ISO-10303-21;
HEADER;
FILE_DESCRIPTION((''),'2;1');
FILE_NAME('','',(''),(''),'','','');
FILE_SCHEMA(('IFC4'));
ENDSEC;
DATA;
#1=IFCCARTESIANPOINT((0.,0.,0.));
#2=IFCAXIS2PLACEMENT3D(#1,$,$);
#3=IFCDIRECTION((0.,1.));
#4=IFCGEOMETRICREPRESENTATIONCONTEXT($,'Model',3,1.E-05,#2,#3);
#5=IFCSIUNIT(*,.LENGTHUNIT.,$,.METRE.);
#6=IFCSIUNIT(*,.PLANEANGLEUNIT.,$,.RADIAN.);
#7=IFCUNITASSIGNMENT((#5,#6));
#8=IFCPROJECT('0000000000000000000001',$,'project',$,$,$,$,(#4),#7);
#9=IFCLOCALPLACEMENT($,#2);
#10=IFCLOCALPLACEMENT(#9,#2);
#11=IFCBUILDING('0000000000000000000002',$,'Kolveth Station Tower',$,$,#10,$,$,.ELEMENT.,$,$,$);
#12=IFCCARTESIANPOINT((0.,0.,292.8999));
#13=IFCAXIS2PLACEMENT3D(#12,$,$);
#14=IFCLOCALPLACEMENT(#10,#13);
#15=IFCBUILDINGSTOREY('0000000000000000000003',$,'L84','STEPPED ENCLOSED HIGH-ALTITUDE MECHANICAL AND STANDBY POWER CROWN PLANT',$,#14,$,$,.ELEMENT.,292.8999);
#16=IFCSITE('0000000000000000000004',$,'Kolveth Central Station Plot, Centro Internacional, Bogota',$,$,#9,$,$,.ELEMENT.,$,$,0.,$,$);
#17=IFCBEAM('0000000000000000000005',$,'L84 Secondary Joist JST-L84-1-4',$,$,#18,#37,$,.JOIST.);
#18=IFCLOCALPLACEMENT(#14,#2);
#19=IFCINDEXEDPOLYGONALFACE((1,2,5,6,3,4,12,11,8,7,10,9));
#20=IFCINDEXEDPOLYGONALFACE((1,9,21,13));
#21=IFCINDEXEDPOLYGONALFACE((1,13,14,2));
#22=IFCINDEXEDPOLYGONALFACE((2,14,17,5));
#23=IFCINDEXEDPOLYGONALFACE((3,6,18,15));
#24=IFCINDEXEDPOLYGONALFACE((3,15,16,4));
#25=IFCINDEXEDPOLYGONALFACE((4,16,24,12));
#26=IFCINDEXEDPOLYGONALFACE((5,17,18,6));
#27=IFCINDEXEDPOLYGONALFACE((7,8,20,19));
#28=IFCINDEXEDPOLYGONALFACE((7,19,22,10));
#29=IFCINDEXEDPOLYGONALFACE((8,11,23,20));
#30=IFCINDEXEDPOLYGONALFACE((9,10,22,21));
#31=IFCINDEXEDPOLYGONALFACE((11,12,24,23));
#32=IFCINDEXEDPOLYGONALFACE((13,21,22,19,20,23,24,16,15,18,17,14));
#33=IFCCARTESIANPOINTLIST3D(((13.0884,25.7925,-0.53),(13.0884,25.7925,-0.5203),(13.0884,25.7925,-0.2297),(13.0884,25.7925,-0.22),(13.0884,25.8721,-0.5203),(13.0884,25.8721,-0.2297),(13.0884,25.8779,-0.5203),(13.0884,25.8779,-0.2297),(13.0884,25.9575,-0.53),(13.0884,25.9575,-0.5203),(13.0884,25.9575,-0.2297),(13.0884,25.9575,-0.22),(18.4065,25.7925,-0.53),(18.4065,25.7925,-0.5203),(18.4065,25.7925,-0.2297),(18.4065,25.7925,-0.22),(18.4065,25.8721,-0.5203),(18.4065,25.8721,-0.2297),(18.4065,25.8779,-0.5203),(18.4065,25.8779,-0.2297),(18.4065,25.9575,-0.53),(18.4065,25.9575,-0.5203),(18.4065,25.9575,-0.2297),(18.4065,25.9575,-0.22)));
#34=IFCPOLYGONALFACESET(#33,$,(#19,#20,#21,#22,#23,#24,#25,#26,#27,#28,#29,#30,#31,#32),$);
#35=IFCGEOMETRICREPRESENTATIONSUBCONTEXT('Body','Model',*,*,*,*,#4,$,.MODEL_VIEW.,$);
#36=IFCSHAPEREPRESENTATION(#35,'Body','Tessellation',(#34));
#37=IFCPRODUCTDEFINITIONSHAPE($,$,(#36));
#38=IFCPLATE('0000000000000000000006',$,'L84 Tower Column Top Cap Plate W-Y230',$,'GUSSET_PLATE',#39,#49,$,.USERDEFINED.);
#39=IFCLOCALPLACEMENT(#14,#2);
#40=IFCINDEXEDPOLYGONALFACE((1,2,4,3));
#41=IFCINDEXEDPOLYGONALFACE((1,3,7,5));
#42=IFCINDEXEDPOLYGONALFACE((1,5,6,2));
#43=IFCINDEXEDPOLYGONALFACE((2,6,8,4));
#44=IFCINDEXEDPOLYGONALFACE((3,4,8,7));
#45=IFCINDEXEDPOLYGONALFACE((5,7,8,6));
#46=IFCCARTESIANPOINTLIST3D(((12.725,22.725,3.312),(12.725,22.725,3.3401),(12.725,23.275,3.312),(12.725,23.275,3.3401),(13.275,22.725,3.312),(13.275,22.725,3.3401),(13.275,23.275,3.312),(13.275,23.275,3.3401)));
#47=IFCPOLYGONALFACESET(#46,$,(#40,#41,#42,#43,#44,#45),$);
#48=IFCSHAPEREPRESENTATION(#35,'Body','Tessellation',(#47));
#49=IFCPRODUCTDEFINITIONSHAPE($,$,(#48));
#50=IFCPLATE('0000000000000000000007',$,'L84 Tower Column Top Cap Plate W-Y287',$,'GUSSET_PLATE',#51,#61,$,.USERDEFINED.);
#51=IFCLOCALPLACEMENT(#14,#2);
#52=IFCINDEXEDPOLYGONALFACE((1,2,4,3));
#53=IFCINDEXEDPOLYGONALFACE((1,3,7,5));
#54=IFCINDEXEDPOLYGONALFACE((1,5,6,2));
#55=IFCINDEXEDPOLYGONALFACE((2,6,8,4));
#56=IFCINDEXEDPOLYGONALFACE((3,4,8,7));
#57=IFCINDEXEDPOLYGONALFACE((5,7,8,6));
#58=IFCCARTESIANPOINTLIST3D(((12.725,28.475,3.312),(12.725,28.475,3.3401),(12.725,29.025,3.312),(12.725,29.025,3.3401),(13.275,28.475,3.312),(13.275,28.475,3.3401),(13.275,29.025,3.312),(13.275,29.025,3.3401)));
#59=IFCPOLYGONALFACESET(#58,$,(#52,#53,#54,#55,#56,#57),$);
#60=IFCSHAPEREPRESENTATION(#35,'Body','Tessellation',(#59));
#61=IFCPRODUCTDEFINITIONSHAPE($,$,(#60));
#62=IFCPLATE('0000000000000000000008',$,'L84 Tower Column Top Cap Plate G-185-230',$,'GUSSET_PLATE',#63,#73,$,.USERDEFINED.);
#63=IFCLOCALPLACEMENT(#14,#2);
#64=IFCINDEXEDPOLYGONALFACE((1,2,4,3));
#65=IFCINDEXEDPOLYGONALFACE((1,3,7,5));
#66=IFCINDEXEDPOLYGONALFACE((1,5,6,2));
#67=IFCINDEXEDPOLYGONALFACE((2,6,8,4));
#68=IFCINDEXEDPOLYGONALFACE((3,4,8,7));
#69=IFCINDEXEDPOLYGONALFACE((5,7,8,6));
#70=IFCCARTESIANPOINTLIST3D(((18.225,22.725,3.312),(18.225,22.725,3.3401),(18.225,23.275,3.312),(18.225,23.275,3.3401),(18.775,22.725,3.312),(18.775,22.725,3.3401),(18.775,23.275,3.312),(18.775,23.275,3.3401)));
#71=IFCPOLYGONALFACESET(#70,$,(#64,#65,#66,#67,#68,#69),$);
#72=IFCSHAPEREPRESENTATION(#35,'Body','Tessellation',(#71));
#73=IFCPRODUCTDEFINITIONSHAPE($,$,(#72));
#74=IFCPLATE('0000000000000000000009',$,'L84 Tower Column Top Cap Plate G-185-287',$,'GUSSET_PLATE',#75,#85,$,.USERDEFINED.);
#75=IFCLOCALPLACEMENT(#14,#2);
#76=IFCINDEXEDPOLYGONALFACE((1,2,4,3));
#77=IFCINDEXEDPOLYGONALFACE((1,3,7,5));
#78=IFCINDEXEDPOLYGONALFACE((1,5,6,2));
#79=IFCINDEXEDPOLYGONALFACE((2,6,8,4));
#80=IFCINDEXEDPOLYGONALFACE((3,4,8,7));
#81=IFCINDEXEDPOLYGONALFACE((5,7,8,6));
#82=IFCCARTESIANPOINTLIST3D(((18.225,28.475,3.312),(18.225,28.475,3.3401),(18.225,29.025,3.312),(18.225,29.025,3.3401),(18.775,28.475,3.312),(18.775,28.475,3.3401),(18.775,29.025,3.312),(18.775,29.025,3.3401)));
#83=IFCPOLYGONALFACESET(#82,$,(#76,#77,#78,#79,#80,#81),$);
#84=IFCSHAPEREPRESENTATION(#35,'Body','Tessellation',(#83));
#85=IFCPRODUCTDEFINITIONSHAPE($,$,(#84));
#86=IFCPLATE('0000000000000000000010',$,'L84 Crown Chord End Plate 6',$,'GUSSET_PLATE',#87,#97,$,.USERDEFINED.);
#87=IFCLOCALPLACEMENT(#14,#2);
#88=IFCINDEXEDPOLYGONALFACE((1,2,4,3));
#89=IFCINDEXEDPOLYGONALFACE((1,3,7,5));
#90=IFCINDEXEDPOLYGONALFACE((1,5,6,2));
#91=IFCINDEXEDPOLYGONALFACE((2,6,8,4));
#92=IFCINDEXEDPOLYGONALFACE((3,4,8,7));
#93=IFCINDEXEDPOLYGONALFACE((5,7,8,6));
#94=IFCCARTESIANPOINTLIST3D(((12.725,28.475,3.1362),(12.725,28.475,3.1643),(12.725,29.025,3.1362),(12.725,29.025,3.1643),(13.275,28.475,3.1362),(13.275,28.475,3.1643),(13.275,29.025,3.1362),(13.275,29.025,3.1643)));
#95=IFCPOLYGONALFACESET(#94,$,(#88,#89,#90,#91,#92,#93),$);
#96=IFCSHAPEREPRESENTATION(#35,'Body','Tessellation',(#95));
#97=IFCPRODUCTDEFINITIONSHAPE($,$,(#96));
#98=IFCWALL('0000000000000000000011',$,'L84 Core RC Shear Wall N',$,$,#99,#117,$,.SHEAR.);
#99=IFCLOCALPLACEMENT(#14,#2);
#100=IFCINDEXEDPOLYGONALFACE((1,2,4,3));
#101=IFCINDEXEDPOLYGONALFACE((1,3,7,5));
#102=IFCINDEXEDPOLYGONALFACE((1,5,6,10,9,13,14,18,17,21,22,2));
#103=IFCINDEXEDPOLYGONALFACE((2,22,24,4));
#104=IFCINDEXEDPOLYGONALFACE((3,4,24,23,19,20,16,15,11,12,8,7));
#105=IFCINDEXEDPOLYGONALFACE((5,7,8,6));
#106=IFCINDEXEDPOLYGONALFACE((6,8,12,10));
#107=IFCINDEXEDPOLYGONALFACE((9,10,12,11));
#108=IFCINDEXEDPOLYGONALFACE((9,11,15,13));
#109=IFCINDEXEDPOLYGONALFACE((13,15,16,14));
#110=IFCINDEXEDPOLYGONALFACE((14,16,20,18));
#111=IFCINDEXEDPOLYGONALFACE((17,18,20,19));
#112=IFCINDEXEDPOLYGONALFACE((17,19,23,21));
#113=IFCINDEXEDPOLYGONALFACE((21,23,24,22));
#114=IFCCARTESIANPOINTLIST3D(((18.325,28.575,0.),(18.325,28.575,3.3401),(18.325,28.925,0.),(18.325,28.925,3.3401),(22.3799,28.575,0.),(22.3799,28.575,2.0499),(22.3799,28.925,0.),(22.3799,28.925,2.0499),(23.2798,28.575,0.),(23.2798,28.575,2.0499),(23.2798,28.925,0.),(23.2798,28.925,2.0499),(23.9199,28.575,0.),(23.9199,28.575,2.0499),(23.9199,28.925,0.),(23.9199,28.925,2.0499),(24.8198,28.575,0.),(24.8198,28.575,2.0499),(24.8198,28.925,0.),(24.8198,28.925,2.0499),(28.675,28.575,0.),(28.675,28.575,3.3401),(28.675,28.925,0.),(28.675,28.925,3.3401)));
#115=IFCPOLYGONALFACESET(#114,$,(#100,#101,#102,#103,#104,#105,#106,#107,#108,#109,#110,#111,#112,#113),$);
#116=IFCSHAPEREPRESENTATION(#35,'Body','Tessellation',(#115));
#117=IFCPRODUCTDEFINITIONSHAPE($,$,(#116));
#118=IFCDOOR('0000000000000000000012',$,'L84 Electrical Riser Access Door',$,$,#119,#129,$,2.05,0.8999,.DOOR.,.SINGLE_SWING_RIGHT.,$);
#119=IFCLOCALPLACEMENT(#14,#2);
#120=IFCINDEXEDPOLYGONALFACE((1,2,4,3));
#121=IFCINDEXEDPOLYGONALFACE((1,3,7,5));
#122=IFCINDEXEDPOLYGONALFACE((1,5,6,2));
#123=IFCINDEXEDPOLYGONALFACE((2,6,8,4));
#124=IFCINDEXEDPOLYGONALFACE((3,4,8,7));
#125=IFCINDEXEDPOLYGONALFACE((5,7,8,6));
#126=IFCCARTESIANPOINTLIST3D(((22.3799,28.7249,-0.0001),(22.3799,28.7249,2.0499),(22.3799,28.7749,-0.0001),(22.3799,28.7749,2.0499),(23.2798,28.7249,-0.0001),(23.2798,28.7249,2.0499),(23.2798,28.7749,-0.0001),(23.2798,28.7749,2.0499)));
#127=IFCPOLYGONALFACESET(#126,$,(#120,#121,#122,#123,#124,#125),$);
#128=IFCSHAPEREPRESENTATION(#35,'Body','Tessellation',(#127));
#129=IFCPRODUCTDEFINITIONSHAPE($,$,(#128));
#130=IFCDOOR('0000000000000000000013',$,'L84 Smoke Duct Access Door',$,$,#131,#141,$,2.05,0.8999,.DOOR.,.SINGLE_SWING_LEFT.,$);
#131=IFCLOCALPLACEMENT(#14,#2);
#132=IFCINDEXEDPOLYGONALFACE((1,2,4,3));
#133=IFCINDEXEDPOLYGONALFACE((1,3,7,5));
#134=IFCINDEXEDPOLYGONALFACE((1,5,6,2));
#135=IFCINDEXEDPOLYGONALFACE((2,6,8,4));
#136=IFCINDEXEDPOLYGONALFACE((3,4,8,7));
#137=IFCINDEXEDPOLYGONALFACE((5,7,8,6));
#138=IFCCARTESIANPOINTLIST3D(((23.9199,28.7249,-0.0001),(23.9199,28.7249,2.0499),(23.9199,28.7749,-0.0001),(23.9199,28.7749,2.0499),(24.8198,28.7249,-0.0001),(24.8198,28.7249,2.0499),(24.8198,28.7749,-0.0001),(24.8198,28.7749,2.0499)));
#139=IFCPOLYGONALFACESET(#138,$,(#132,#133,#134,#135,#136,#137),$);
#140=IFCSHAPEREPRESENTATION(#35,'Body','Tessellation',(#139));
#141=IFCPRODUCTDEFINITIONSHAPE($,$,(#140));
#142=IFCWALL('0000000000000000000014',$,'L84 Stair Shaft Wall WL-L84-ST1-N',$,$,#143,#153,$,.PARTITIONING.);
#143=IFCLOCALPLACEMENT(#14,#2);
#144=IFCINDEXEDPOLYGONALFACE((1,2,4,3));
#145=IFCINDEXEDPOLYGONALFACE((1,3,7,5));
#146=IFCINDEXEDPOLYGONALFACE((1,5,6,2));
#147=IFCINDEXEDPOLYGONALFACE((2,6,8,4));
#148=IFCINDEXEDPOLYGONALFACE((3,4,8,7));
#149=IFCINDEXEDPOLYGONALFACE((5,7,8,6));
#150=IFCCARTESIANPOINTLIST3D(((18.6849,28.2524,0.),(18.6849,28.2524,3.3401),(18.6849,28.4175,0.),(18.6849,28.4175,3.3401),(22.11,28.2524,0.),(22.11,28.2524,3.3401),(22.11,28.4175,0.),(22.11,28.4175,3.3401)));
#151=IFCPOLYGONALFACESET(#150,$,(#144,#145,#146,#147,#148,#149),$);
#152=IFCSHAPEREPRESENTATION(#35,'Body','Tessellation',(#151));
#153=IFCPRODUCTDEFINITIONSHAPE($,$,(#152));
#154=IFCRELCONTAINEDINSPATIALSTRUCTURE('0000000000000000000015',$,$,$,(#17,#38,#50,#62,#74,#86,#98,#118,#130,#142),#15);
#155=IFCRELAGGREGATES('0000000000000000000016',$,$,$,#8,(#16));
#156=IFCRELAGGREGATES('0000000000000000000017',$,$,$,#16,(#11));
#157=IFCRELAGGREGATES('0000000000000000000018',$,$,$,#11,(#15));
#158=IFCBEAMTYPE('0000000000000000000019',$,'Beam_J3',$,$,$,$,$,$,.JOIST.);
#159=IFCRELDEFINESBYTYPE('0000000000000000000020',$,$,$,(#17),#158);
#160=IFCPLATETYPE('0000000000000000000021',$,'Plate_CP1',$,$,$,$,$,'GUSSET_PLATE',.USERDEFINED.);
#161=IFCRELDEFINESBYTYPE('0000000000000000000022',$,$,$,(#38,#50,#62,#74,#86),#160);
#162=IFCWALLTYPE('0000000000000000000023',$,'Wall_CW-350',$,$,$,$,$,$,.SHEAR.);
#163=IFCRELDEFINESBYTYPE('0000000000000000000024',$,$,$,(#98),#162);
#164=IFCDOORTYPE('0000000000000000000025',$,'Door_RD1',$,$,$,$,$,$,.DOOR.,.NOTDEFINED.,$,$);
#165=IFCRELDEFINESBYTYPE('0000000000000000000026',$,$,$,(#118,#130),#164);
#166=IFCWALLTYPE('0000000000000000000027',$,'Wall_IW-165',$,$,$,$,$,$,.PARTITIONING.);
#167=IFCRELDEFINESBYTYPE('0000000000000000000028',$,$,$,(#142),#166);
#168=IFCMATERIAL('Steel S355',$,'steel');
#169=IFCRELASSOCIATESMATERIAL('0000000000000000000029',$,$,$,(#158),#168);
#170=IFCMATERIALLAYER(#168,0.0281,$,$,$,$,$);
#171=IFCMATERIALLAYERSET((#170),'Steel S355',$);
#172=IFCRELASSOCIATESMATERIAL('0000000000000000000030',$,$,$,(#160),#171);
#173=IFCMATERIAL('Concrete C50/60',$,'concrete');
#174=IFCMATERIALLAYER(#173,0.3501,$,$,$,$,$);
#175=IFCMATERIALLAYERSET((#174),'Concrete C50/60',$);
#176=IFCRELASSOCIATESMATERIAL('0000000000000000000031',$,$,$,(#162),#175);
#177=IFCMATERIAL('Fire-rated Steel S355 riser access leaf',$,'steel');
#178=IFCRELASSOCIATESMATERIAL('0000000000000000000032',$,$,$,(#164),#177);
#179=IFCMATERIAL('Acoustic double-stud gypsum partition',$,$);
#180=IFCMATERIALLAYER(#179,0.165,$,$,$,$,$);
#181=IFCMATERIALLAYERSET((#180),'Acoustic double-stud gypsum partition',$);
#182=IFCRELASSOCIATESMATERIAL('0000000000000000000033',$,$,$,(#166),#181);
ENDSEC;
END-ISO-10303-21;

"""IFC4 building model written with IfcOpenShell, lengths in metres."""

from ifc_helpers import new_model, si_unit, direction, frame, frame_2d, origin, origin_2d, place, context, subcontext, project, spatial, rectangle, i_section, extrude, source, transform, mapped, material, layer, layer_set, material_profile, profile_set, type_object, element, fill, save


model = new_model("IFC4")

# Units and contexts
model_context = context("Model", 3, precision=1e-05, world=origin(), true_north=direction((0.0, 1.0)))
body_context = subcontext(model_context, "Body", "Model", "MODEL_VIEW")
ifc_project = project(units=[si_unit("LENGTHUNIT", "METRE"), si_unit("PLANEANGLEUNIT", "RADIAN")], contexts=[model_context])

# Site, building, storey
site_placement = place(None, origin())
site = spatial("IfcSite", under=ifc_project, at=site_placement, Name="Kolveth Central Station Plot, Centro Internacional, Bogota", CompositionType="ELEMENT", RefElevation=0.0)
building_placement = place(site_placement, origin())
building = spatial("IfcBuilding", under=site, at=building_placement, Name="Kolveth Station Tower", CompositionType="ELEMENT")
storey_placement = place(building_placement, frame((0.0, 0.0, 292.8999)))
storey = spatial("IfcBuildingStorey", under=building, at=storey_placement, Name="L84", Description="STEPPED ENCLOSED HIGH-ALTITUDE MECHANICAL AND STANDBY POWER CROWN PLANT", CompositionType="ELEMENT", Elevation=292.8999)

# Shared definitions
ifc_material_1 = material(Name="Steel S355", Category="steel")

# Beam
ifc_material_profile_1 = material_profile(ifc_material_1, i_section(OverallWidth=0.165, OverallDepth=0.3101, WebThickness=0.0059, FlangeThickness=0.0098, at=origin_2d()), Name="W310x39")
ifc_profile_set_1 = profile_set([ifc_material_profile_1], Name="Steel S355")
beam_type_1 = type_object("IfcBeamType", Name="Beam_J3", PredefinedType="JOIST", material=ifc_profile_set_1)
shared_shape_1 = source(origin(), body_context, "Body", "SweptSolid", [
    extrude(i_section(OverallWidth=0.165, OverallDepth=0.3101, WebThickness=0.0059, FlangeThickness=0.0098, at=origin_2d()), origin(), (0.0, 0.0, 1.0), 5.3181),
])
for number, where, z_axis, x_axis, name in (
    (1, (13.0884, 25.875, -0.375), (1.0, 0.0, 0.0), (0.0, 1.0, 0.0), "L84 Secondary Joist JST-L84-1-4"),
):
    element("IfcBeam", number, at=place(storey_placement, frame(where, z_axis=z_axis, x_axis=x_axis)), inside=storey, type_object=beam_type_1, Name=name, PredefinedType="JOIST", context=body_context, shape_type="MappedRepresentation", body=[
        mapped(shared_shape_1, transform((0.0, 0.0, 0.0), x_axis=(1.0, 0.0, 0.0), y_axis=(0.0, 1.0, 0.0), z_axis=(0.0, 0.0, 1.0), scale=1.0)),
    ])

# Plates
ifc_layer_1 = layer(ifc_material_1, 0.0281)
ifc_layer_set_1 = layer_set([ifc_layer_1], Name="Steel S355")
plate_type = type_object("IfcPlateType", Name="Plate_CP1", ElementType="GUSSET_PLATE", PredefinedType="USERDEFINED", material=ifc_layer_set_1)
shared_shape_2 = source(origin(), body_context, "Body", "SweptSolid", [
    extrude(rectangle(XDim=0.55, YDim=0.55, at=origin_2d()), origin(), (0.0, 0.0, 1.0), 0.0281),
])
for number, where, z_axis, x_axis, name in (
    (2, (13.0, 23.0, 3.312), (0.0, 0.0, 1.0), (1.0, 0.0, 0.0), "L84 Tower Column Top Cap Plate W-Y230"),
    (3, (13.0, 28.75, 3.312), (0.0, 0.0, 1.0), (1.0, 0.0, 0.0), "L84 Tower Column Top Cap Plate W-Y287"),
    (4, (18.5, 23.0, 3.312), (0.0, 0.0, 1.0), (1.0, 0.0, 0.0), "L84 Tower Column Top Cap Plate G-185-230"),
    (5, (18.5, 28.75, 3.312), (0.0, 0.0, 1.0), (1.0, 0.0, 0.0), "L84 Tower Column Top Cap Plate G-185-287"),
    (6, (13.0, 28.75, 3.1362), (0.0, 0.0, 1.0), (1.0, 0.0, 0.0), "L84 Crown Chord End Plate 6"),
):
    element("IfcPlate", number, at=place(storey_placement, frame(where, z_axis=z_axis, x_axis=x_axis)), inside=storey, type_object=plate_type, Name=name, ObjectType="GUSSET_PLATE", PredefinedType="USERDEFINED", context=body_context, shape_type="MappedRepresentation", body=[
        mapped(shared_shape_2, transform((0.0, 0.0, 0.0), x_axis=(1.0, 0.0, 0.0), y_axis=(0.0, 1.0, 0.0), z_axis=(0.0, 0.0, 1.0), scale=1.0)),
    ])

# Wall, openings, doors
ifc_material_2 = material(Name="Concrete C50/60", Category="concrete")
ifc_layer_2 = layer(ifc_material_2, 0.3501)
ifc_layer_set_2 = layer_set([ifc_layer_2], Name="Concrete C50/60")
wall_type_1 = type_object("IfcWallType", Name="Wall_CW-350", PredefinedType="SHEAR", material=ifc_layer_set_2)
wall_1_placement = place(storey_placement, frame((18.325, 28.75, 0.0), z_axis=(0.0, 0.0, 1.0), x_axis=(1.0, 0.0, 0.0)))
wall_1 = element("IfcWall", 7, at=wall_1_placement, inside=storey, type_object=wall_type_1, Name="L84 Core RC Shear Wall N", PredefinedType="SHEAR", context=body_context, shape_type="SweptSolid", body=[
    extrude(rectangle(XDim=10.3501, YDim=0.3501, at=frame_2d((5.175, 0.0))), origin(), (0.0, 0.0, 1.0), 3.3401),
])
opening_1_placement = place(wall_1_placement, frame((4.0549, 0.0, 0.0)))
opening_1 = element("IfcOpeningElement", 8, at=opening_1_placement, cuts=wall_1, PredefinedType="OPENING", context=body_context, shape_type="SweptSolid", body=[
    extrude(rectangle(XDim=0.8999, YDim=2.05, at=frame_2d((0.45, 1.0249))), frame((0.0, 0.1851, 0.0), z_axis=(0.0, -1.0, 0.0), x_axis=(1.0, 0.0, 0.0)), (0.0, 0.0, 1.0), 0.3701),
])
opening_2_placement = place(wall_1_placement, frame((5.595, 0.0, 0.0)))
opening_2 = element("IfcOpeningElement", 9, at=opening_2_placement, cuts=wall_1, PredefinedType="OPENING", context=body_context, shape_type="SweptSolid", body=[
    extrude(rectangle(XDim=0.8999, YDim=2.05, at=frame_2d((0.45, 1.0249))), frame((0.0, 0.1851, 0.0), z_axis=(0.0, -1.0, 0.0), x_axis=(1.0, 0.0, 0.0)), (0.0, 0.0, 1.0), 0.3701),
])
ifc_material_3 = material(Name="Fire-rated Steel S355 riser access leaf", Category="steel")
door_type_1 = type_object("IfcDoorType", Name="Door_RD1", OperationType="NOTDEFINED", PredefinedType="DOOR", material=ifc_material_3)
door_1_placement = place(opening_1_placement, origin())
door_1 = element("IfcDoor", 10, at=door_1_placement, inside=storey, type_object=door_type_1, Name="L84 Electrical Riser Access Door", OperationType="SINGLE_SWING_RIGHT", OverallHeight=2.05, OverallWidth=0.8999, PredefinedType="DOOR", context=body_context, shape_type="SweptSolid", body=[
    extrude(rectangle(XDim=0.8999, YDim=2.05, at=frame_2d((0.45, 1.0249))), frame((0.0, 0.0249, 0.0), z_axis=(0.0, -1.0, 0.0), x_axis=(1.0, 0.0, 0.0)), (0.0, 0.0, 1.0), 0.05),
])
fill(opening_1, door_1)
door_2_placement = place(opening_2_placement, origin())
door_2 = element("IfcDoor", 11, at=door_2_placement, inside=storey, type_object=door_type_1, Name="L84 Smoke Duct Access Door", OperationType="SINGLE_SWING_LEFT", OverallHeight=2.05, OverallWidth=0.8999, PredefinedType="DOOR", context=body_context, shape_type="SweptSolid", body=[
    extrude(rectangle(XDim=0.8999, YDim=2.05, at=frame_2d((0.45, 1.0249))), frame((0.0, 0.0249, 0.0), z_axis=(0.0, -1.0, 0.0), x_axis=(1.0, 0.0, 0.0)), (0.0, 0.0, 1.0), 0.05),
])
fill(opening_2, door_2)

# Wall
ifc_material_4 = material(Name="Acoustic double-stud gypsum partition")
ifc_layer_3 = layer(ifc_material_4, 0.165)
ifc_layer_set_3 = layer_set([ifc_layer_3], Name="Acoustic double-stud gypsum partition")
wall_type_2 = type_object("IfcWallType", Name="Wall_IW-165", PredefinedType="PARTITIONING", material=ifc_layer_set_3)
wall_2_placement = place(storey_placement, frame((18.6851, 28.335, 0.0), z_axis=(0.0, 0.0, 1.0), x_axis=(1.0, 0.0, 0.0)))
element("IfcWall", 12, at=wall_2_placement, inside=storey, type_object=wall_type_2, Name="L84 Stair Shaft Wall WL-L84-ST1-N", PredefinedType="PARTITIONING", context=body_context, shape_type="SweptSolid", body=[
    extrude(rectangle(XDim=3.425, YDim=0.165, at=frame_2d((1.7124, 0.0))), origin(), (0.0, 0.0, 1.0), 3.3401),
])

save(model, "model.ifc")
